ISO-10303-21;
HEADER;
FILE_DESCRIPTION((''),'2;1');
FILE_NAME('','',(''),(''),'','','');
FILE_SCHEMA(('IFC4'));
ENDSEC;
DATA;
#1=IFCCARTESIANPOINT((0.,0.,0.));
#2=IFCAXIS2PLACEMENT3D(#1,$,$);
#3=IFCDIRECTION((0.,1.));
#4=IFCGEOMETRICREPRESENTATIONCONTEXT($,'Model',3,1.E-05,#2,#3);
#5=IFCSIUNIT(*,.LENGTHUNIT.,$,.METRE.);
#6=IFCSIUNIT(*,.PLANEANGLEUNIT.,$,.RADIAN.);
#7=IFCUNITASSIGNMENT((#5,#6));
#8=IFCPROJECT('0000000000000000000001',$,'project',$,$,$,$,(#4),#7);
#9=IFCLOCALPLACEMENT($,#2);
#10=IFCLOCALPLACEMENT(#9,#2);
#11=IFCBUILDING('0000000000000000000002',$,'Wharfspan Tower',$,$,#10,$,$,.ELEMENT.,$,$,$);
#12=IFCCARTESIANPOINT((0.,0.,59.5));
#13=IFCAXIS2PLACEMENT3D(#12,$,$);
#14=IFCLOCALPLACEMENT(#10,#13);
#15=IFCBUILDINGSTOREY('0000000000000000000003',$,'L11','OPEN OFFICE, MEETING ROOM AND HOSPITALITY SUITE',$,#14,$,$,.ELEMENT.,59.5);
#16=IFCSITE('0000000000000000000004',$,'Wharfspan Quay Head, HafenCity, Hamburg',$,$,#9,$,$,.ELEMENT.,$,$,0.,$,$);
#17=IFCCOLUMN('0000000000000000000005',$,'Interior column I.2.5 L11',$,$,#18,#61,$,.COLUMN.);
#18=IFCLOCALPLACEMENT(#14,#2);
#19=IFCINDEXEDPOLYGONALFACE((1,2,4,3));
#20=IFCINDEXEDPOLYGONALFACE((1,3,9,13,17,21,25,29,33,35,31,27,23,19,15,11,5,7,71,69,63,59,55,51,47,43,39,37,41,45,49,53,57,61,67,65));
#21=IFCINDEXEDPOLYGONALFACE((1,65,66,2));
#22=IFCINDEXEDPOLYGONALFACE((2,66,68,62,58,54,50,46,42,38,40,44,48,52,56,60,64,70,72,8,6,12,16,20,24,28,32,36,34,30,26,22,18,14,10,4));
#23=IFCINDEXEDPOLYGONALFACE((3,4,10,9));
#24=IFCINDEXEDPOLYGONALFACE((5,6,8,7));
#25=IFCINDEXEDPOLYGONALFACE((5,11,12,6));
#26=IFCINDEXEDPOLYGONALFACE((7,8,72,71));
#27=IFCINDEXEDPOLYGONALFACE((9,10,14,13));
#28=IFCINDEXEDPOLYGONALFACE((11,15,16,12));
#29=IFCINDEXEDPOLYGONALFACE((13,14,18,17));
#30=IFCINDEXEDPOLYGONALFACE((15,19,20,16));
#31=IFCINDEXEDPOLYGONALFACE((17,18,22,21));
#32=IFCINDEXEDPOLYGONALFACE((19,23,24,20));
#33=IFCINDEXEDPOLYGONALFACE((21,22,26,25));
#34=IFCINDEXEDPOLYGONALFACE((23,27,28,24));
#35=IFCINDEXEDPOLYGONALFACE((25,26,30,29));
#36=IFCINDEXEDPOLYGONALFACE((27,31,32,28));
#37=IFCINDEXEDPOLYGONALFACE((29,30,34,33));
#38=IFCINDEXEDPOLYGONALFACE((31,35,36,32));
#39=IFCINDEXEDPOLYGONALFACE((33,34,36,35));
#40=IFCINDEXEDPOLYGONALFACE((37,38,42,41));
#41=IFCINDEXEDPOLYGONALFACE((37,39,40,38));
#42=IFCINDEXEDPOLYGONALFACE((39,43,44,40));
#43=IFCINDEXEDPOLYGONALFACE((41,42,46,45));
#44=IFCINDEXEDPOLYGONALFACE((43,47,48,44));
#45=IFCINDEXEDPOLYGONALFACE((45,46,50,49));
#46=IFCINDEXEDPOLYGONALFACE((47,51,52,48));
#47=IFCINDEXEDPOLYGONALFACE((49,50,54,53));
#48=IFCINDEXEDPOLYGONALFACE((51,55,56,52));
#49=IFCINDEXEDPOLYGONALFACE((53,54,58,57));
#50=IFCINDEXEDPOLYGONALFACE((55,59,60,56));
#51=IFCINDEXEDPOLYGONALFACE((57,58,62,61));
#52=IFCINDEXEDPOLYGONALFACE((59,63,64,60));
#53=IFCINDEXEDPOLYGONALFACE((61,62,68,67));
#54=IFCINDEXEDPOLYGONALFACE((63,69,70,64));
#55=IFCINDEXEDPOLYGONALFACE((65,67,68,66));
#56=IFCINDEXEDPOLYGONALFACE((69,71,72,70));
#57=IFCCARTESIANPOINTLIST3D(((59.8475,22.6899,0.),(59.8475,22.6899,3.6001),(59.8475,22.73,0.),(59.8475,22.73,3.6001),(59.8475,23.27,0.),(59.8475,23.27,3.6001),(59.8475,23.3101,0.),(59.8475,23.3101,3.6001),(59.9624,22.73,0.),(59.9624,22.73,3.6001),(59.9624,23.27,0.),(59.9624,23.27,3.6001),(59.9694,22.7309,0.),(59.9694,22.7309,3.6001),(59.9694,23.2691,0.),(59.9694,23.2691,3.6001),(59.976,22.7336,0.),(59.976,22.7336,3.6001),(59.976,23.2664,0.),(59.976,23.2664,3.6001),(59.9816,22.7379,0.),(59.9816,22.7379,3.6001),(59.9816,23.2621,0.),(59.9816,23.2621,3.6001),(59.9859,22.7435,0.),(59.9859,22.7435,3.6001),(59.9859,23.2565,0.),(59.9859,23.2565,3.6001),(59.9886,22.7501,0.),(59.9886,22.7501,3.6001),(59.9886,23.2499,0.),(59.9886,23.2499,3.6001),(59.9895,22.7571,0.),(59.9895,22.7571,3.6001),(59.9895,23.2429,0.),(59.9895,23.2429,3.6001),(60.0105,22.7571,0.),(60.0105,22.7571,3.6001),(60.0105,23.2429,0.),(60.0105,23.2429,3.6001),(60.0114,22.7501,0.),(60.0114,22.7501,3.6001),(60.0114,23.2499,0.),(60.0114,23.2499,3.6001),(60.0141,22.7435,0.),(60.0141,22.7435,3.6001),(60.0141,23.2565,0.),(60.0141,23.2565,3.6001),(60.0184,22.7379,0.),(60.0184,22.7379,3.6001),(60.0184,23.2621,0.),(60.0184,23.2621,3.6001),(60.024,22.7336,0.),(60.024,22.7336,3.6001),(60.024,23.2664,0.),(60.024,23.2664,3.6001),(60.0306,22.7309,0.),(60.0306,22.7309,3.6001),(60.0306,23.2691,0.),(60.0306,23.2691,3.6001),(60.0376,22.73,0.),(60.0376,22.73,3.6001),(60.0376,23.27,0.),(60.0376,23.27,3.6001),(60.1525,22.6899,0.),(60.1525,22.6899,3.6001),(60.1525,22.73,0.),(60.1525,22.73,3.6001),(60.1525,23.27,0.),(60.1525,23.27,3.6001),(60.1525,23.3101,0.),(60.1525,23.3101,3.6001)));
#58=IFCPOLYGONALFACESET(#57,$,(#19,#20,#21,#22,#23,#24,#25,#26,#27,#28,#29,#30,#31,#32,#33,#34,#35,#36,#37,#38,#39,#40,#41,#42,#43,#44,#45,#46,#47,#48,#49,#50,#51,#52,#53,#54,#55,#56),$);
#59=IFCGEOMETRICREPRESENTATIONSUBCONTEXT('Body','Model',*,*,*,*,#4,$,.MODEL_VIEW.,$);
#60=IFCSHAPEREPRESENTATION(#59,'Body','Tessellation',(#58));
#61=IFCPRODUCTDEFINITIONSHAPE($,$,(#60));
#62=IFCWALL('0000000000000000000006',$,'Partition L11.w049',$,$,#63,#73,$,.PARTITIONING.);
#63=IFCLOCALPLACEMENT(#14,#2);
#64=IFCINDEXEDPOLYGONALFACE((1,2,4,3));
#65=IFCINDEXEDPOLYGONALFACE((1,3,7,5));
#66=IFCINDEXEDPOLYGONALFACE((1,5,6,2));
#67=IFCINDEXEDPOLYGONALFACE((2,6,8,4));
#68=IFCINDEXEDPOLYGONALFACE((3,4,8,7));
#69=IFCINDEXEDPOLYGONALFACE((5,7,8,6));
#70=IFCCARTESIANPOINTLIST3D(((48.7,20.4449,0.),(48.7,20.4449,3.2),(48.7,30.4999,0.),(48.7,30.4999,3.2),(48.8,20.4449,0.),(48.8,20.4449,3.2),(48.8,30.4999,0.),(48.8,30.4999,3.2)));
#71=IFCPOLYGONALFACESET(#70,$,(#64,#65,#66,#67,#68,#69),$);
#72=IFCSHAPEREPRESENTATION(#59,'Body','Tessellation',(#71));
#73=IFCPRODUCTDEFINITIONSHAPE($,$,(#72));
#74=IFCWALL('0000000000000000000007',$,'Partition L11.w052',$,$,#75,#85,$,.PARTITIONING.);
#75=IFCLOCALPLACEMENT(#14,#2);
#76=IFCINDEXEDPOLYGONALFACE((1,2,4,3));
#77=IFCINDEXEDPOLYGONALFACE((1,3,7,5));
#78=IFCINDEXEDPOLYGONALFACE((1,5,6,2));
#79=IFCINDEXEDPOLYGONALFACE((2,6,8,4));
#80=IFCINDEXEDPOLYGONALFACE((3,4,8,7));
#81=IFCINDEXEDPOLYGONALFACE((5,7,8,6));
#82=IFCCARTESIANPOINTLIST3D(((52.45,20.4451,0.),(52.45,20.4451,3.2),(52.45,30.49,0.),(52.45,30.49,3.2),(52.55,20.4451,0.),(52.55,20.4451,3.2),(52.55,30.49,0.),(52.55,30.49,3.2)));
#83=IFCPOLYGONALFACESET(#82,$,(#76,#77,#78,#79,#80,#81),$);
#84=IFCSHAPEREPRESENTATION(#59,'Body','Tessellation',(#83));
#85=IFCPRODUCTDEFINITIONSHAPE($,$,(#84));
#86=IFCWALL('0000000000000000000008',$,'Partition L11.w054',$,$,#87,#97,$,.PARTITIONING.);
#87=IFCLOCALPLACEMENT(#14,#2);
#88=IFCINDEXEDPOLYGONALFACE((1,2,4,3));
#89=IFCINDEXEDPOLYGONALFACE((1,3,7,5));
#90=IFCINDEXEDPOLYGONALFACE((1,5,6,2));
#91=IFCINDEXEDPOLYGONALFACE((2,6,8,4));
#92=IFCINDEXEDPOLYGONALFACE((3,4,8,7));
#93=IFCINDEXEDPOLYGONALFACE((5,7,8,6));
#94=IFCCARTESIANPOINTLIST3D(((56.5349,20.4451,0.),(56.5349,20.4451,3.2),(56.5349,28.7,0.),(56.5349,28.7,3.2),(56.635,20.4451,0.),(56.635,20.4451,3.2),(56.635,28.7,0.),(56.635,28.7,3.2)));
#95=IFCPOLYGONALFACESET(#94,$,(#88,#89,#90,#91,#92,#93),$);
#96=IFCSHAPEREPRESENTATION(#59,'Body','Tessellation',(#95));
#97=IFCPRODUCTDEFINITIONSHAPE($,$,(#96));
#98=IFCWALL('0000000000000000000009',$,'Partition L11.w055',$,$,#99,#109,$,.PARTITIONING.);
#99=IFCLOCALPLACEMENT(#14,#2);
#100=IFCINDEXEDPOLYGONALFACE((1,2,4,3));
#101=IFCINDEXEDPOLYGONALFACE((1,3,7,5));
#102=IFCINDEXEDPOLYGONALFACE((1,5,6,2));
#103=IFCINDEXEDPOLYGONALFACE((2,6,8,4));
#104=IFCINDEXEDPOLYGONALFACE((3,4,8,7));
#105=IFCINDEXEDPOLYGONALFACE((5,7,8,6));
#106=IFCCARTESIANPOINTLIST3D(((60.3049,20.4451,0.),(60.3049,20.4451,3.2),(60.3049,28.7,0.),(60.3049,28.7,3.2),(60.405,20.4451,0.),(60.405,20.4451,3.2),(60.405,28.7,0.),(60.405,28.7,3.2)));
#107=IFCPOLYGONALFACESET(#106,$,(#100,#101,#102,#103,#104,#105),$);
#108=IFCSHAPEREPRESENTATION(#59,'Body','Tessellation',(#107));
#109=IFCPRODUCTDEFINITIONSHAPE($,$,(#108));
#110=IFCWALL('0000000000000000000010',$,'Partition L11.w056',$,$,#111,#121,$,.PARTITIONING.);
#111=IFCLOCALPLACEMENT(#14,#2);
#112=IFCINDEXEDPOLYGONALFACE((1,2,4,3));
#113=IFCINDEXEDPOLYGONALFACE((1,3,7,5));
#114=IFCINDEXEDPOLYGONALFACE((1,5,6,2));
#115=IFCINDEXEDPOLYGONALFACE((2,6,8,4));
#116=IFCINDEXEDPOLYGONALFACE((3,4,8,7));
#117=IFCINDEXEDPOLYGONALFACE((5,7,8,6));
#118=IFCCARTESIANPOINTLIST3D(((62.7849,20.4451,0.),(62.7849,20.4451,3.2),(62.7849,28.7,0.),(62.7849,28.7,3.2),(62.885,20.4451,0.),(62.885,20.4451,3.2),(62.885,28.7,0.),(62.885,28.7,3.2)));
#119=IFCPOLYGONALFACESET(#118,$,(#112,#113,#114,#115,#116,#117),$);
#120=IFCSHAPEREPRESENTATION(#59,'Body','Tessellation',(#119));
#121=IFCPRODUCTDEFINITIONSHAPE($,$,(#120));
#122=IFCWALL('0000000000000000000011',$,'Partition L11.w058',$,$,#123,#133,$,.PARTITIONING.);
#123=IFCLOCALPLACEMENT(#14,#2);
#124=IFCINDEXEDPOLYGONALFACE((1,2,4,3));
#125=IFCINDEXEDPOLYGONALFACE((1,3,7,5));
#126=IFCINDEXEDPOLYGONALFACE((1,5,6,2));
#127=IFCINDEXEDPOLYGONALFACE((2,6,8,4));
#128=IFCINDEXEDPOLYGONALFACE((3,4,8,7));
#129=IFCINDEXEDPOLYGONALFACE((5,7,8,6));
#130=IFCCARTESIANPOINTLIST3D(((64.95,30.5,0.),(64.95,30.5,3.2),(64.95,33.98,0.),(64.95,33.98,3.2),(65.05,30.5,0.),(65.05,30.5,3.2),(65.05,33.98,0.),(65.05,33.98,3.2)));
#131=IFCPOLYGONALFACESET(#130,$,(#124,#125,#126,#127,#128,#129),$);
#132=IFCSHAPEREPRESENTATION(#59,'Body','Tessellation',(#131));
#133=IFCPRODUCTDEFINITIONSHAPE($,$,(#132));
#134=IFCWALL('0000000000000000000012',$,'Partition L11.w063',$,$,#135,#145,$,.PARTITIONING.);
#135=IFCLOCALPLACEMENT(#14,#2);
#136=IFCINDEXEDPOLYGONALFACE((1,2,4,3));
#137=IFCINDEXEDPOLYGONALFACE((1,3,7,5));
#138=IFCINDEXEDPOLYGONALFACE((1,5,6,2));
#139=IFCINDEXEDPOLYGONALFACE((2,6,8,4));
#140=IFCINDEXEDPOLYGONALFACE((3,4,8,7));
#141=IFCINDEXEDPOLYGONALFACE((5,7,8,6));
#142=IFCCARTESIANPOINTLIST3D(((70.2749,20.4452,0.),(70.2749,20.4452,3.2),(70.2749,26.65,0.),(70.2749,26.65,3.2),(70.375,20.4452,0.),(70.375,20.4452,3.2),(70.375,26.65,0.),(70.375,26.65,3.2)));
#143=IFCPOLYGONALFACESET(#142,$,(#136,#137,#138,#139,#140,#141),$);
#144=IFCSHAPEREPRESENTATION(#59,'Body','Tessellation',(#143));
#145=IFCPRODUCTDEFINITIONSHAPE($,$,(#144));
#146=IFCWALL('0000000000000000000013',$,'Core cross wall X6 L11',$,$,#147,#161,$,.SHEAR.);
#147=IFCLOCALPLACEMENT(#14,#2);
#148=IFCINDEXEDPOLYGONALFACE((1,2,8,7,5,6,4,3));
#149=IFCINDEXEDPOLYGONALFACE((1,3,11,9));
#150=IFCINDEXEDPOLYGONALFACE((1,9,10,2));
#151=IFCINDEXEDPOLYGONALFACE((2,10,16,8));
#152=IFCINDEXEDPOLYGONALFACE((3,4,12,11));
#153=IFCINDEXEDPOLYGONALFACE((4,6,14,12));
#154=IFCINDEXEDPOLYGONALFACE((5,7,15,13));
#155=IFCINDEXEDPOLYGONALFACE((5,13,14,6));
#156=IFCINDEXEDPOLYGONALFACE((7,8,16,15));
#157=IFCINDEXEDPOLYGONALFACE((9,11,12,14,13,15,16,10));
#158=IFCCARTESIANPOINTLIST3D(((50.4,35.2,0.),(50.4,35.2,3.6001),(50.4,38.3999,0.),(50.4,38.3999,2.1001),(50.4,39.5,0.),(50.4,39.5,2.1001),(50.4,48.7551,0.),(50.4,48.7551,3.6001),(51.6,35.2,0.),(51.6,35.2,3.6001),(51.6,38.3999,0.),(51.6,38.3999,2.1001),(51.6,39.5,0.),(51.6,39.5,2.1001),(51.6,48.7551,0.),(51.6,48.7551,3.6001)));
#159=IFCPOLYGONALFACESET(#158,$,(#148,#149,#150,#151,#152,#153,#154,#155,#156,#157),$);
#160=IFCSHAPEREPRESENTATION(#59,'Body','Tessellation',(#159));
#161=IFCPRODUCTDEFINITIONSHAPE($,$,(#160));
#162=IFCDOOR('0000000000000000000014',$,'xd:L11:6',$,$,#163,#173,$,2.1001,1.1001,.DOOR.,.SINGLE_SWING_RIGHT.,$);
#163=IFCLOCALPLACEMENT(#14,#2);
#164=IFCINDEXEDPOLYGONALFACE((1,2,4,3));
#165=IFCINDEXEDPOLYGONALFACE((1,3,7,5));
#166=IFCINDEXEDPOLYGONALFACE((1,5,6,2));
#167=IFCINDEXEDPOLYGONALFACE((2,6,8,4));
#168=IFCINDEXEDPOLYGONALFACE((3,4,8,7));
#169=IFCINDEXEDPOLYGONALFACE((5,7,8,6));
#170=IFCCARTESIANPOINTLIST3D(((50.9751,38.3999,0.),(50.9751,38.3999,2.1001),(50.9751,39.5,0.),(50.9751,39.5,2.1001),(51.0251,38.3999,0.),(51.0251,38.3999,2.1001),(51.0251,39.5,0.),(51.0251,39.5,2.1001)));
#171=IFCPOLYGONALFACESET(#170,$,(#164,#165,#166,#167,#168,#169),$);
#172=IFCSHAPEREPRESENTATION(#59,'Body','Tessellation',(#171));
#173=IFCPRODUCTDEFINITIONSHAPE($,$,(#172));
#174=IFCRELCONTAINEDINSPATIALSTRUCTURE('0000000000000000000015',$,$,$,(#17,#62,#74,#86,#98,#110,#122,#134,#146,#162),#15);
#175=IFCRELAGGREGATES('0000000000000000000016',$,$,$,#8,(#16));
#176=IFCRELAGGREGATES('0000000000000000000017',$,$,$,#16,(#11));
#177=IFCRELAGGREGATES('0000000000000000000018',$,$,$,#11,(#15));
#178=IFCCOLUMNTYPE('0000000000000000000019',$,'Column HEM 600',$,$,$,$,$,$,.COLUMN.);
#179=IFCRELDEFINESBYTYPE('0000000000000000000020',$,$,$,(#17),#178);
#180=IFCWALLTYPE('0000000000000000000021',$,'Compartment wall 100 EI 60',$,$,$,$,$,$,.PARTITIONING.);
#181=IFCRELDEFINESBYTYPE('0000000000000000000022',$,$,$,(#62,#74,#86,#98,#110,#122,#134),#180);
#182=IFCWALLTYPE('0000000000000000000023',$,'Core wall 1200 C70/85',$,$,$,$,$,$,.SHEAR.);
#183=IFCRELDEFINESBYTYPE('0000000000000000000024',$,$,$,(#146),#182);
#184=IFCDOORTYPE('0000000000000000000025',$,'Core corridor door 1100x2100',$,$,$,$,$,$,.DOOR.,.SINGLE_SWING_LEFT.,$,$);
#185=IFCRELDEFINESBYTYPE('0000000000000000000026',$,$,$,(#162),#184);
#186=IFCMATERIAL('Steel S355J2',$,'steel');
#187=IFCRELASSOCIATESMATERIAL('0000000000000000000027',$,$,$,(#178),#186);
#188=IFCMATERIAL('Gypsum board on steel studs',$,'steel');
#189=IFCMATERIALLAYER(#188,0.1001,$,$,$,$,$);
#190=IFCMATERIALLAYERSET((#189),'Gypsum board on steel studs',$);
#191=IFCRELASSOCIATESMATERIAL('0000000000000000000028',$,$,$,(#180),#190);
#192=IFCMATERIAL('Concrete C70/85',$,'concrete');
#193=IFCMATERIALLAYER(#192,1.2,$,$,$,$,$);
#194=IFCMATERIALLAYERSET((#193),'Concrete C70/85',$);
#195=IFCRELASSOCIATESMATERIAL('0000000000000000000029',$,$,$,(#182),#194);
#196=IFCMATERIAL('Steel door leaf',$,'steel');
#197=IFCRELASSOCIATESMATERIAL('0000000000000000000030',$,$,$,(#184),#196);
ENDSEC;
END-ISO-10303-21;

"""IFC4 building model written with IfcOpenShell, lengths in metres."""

from ifc_helpers import new_model, si_unit, direction, frame, frame_2d, origin, origin_2d, place, context, subcontext, project, spatial, rectangle, i_section, extrude, material, layer, layer_set, material_profile, profile_set, type_object, element, fill, save


model = new_model("IFC4")

# Units and contexts
model_context = context("Model", 3, precision=1e-05, world=origin(), true_north=direction((0.0, 1.0)))
body_context = subcontext(model_context, "Body", "Model", "MODEL_VIEW")
ifc_project = project(units=[si_unit("LENGTHUNIT", "METRE"), si_unit("PLANEANGLEUNIT", "RADIAN")], contexts=[model_context])

# Site, building, storey
site_placement = place(None, origin())
site = spatial("IfcSite", under=ifc_project, at=site_placement, Name="Wharfspan Quay Head, HafenCity, Hamburg", CompositionType="ELEMENT", RefElevation=0.0)
building_placement = place(site_placement, origin())
building = spatial("IfcBuilding", under=site, at=building_placement, Name="Wharfspan Tower", CompositionType="ELEMENT")
storey_placement = place(building_placement, frame((0.0, 0.0, 59.5)))
storey = spatial("IfcBuildingStorey", under=building, at=storey_placement, Name="L11", Description="OPEN OFFICE, MEETING ROOM AND HOSPITALITY SUITE", CompositionType="ELEMENT", Elevation=59.5)

# Column
ifc_material_1 = material(Name="Steel S355J2", Category="steel")
ifc_material_profile = material_profile(ifc_material_1, i_section(OverallWidth=0.3049, OverallDepth=0.6201, WebThickness=0.021, FlangeThickness=0.04, FilletRadius=0.0271, at=origin_2d()))
ifc_profile_set = profile_set([ifc_material_profile], Name="Steel S355J2")
column_type = type_object("IfcColumnType", Name="Column HEM 600", PredefinedType="COLUMN", material=ifc_profile_set)
column_placement = place(storey_placement, frame((60.0, 23.0, 0.0), z_axis=(0.0, 0.0, 1.0), x_axis=(1.0, 0.0, 0.0)))
element("IfcColumn", 1, at=column_placement, inside=storey, type_object=column_type, Name="Interior column I.2.5 L11", PredefinedType="COLUMN", context=body_context, shape_type="SweptSolid", body=[
    extrude(i_section(OverallWidth=0.3049, OverallDepth=0.6201, WebThickness=0.021, FlangeThickness=0.04, FilletRadius=0.0271, at=origin_2d()), origin(), (0.0, 0.0, 1.0), 3.6001),
])

# Walls
ifc_material_2 = material(Name="Gypsum board on steel studs", Category="steel")
ifc_layer_1 = layer(ifc_material_2, 0.1001)
ifc_layer_set_1 = layer_set([ifc_layer_1], Name="Gypsum board on steel studs")
wall_type_1 = type_object("IfcWallType", Name="Compartment wall 100 EI 60", PredefinedType="PARTITIONING", material=ifc_layer_set_1)
wall_1_placement = place(storey_placement, frame((48.75, 20.4451, 0.0), z_axis=(0.0, 0.0, 1.0), x_axis=(0.0, 1.0, 0.0)))
element("IfcWall", 2, at=wall_1_placement, inside=storey, type_object=wall_type_1, Name="Partition L11.w049", PredefinedType="PARTITIONING", context=body_context, shape_type="SweptSolid", body=[
    extrude(rectangle(XDim=10.0549, YDim=0.1001, at=frame_2d((5.0273, 0.0))), origin(), (0.0, 0.0, 1.0), 3.2),
])
wall_2_placement = place(storey_placement, frame((52.5, 20.4451, 0.0), z_axis=(0.0, 0.0, 1.0), x_axis=(0.0, 1.0, 0.0)))
element("IfcWall", 3, at=wall_2_placement, inside=storey, type_object=wall_type_1, Name="Partition L11.w052", PredefinedType="PARTITIONING", context=body_context, shape_type="SweptSolid", body=[
    extrude(rectangle(XDim=10.0449, YDim=0.1001, at=frame_2d((5.0225, 0.0))), origin(), (0.0, 0.0, 1.0), 3.2),
])
for number, where, z_axis, x_axis, name in (
    (4, (56.585, 20.4451, 0.0), (0.0, 0.0, 1.0), (0.0, 1.0, 0.0), "Partition L11.w054"),
    (5, (60.355, 20.4451, 0.0), (0.0, 0.0, 1.0), (0.0, 1.0, 0.0), "Partition L11.w055"),
    (6, (62.835, 20.4451, 0.0), (0.0, 0.0, 1.0), (0.0, 1.0, 0.0), "Partition L11.w056"),
):
    element("IfcWall", number, at=place(storey_placement, frame(where, z_axis=z_axis, x_axis=x_axis)), inside=storey, type_object=wall_type_1, Name=name, PredefinedType="PARTITIONING", context=body_context, shape_type="SweptSolid", body=[
        extrude(rectangle(XDim=8.2549, YDim=0.1001, at=frame_2d((4.1274, 0.0))), origin(), (0.0, 0.0, 1.0), 3.2),
    ])
wall_3_placement = place(storey_placement, frame((65.0, 30.5, 0.0), z_axis=(0.0, 0.0, 1.0), x_axis=(0.0, 1.0, 0.0)))
element("IfcWall", 7, at=wall_3_placement, inside=storey, type_object=wall_type_1, Name="Partition L11.w058", PredefinedType="PARTITIONING", context=body_context, shape_type="SweptSolid", body=[
    extrude(rectangle(XDim=3.48, YDim=0.1001, at=frame_2d((1.74, 0.0))), origin(), (0.0, 0.0, 1.0), 3.2),
])
wall_4_placement = place(storey_placement, frame((70.325, 20.4451, 0.0), z_axis=(0.0, 0.0, 1.0), x_axis=(0.0, 1.0, 0.0)))
element("IfcWall", 8, at=wall_4_placement, inside=storey, type_object=wall_type_1, Name="Partition L11.w063", PredefinedType="PARTITIONING", context=body_context, shape_type="SweptSolid", body=[
    extrude(rectangle(XDim=6.2048, YDim=0.1001, at=frame_2d((3.1025, 0.0))), origin(), (0.0, 0.0, 1.0), 3.2),
])

# Wall, opening, door
ifc_material_3 = material(Name="Concrete C70/85", Category="concrete")
ifc_layer_2 = layer(ifc_material_3, 1.2)
ifc_layer_set_2 = layer_set([ifc_layer_2], Name="Concrete C70/85")
wall_type_2 = type_object("IfcWallType", Name="Core wall 1200 C70/85", PredefinedType="SHEAR", material=ifc_layer_set_2)
wall_5_placement = place(storey_placement, frame((51.0, 35.2, 0.0), z_axis=(0.0, 0.0, 1.0), x_axis=(0.0, 1.0, 0.0)))
wall_5 = element("IfcWall", 9, at=wall_5_placement, inside=storey, type_object=wall_type_2, Name="Core cross wall X6 L11", PredefinedType="SHEAR", context=body_context, shape_type="SweptSolid", body=[
    extrude(rectangle(XDim=13.5552, YDim=1.2, at=frame_2d((6.7776, 0.0))), origin(), (0.0, 0.0, 1.0), 3.6001),
])
opening_1_placement = place(wall_5_placement, frame((3.2, 0.0, 0.0)))
opening_1 = element("IfcOpeningElement", 10, at=opening_1_placement, cuts=wall_5, PredefinedType="OPENING", context=body_context, shape_type="SweptSolid", body=[
    extrude(rectangle(XDim=1.1001, YDim=2.1001, at=frame_2d((0.55, 1.05))), frame((0.0, 0.6099, 0.0), z_axis=(0.0, -1.0, 0.0), x_axis=(1.0, 0.0, 0.0)), (0.0, 0.0, 1.0), 1.22),
])
ifc_material_4 = material(Name="Steel door leaf", Category="steel")
door_type_1 = type_object("IfcDoorType", Name="Core corridor door 1100x2100", OperationType="SINGLE_SWING_LEFT", PredefinedType="DOOR", material=ifc_material_4)
door_1_placement = place(opening_1_placement, origin())
door_1 = element("IfcDoor", 11, at=door_1_placement, inside=storey, type_object=door_type_1, Name="xd:L11:6", OperationType="SINGLE_SWING_RIGHT", OverallHeight=2.1001, OverallWidth=1.1001, PredefinedType="DOOR", context=body_context, shape_type="SweptSolid", body=[
    extrude(rectangle(XDim=1.1001, YDim=2.1001, at=frame_2d((0.55, 1.05))), frame((0.0, 0.0249, 0.0), z_axis=(0.0, -1.0, 0.0), x_axis=(1.0, 0.0, 0.0)), (0.0, 0.0, 1.0), 0.05),
])
fill(opening_1, door_1)

save(model, "model.ifc")
